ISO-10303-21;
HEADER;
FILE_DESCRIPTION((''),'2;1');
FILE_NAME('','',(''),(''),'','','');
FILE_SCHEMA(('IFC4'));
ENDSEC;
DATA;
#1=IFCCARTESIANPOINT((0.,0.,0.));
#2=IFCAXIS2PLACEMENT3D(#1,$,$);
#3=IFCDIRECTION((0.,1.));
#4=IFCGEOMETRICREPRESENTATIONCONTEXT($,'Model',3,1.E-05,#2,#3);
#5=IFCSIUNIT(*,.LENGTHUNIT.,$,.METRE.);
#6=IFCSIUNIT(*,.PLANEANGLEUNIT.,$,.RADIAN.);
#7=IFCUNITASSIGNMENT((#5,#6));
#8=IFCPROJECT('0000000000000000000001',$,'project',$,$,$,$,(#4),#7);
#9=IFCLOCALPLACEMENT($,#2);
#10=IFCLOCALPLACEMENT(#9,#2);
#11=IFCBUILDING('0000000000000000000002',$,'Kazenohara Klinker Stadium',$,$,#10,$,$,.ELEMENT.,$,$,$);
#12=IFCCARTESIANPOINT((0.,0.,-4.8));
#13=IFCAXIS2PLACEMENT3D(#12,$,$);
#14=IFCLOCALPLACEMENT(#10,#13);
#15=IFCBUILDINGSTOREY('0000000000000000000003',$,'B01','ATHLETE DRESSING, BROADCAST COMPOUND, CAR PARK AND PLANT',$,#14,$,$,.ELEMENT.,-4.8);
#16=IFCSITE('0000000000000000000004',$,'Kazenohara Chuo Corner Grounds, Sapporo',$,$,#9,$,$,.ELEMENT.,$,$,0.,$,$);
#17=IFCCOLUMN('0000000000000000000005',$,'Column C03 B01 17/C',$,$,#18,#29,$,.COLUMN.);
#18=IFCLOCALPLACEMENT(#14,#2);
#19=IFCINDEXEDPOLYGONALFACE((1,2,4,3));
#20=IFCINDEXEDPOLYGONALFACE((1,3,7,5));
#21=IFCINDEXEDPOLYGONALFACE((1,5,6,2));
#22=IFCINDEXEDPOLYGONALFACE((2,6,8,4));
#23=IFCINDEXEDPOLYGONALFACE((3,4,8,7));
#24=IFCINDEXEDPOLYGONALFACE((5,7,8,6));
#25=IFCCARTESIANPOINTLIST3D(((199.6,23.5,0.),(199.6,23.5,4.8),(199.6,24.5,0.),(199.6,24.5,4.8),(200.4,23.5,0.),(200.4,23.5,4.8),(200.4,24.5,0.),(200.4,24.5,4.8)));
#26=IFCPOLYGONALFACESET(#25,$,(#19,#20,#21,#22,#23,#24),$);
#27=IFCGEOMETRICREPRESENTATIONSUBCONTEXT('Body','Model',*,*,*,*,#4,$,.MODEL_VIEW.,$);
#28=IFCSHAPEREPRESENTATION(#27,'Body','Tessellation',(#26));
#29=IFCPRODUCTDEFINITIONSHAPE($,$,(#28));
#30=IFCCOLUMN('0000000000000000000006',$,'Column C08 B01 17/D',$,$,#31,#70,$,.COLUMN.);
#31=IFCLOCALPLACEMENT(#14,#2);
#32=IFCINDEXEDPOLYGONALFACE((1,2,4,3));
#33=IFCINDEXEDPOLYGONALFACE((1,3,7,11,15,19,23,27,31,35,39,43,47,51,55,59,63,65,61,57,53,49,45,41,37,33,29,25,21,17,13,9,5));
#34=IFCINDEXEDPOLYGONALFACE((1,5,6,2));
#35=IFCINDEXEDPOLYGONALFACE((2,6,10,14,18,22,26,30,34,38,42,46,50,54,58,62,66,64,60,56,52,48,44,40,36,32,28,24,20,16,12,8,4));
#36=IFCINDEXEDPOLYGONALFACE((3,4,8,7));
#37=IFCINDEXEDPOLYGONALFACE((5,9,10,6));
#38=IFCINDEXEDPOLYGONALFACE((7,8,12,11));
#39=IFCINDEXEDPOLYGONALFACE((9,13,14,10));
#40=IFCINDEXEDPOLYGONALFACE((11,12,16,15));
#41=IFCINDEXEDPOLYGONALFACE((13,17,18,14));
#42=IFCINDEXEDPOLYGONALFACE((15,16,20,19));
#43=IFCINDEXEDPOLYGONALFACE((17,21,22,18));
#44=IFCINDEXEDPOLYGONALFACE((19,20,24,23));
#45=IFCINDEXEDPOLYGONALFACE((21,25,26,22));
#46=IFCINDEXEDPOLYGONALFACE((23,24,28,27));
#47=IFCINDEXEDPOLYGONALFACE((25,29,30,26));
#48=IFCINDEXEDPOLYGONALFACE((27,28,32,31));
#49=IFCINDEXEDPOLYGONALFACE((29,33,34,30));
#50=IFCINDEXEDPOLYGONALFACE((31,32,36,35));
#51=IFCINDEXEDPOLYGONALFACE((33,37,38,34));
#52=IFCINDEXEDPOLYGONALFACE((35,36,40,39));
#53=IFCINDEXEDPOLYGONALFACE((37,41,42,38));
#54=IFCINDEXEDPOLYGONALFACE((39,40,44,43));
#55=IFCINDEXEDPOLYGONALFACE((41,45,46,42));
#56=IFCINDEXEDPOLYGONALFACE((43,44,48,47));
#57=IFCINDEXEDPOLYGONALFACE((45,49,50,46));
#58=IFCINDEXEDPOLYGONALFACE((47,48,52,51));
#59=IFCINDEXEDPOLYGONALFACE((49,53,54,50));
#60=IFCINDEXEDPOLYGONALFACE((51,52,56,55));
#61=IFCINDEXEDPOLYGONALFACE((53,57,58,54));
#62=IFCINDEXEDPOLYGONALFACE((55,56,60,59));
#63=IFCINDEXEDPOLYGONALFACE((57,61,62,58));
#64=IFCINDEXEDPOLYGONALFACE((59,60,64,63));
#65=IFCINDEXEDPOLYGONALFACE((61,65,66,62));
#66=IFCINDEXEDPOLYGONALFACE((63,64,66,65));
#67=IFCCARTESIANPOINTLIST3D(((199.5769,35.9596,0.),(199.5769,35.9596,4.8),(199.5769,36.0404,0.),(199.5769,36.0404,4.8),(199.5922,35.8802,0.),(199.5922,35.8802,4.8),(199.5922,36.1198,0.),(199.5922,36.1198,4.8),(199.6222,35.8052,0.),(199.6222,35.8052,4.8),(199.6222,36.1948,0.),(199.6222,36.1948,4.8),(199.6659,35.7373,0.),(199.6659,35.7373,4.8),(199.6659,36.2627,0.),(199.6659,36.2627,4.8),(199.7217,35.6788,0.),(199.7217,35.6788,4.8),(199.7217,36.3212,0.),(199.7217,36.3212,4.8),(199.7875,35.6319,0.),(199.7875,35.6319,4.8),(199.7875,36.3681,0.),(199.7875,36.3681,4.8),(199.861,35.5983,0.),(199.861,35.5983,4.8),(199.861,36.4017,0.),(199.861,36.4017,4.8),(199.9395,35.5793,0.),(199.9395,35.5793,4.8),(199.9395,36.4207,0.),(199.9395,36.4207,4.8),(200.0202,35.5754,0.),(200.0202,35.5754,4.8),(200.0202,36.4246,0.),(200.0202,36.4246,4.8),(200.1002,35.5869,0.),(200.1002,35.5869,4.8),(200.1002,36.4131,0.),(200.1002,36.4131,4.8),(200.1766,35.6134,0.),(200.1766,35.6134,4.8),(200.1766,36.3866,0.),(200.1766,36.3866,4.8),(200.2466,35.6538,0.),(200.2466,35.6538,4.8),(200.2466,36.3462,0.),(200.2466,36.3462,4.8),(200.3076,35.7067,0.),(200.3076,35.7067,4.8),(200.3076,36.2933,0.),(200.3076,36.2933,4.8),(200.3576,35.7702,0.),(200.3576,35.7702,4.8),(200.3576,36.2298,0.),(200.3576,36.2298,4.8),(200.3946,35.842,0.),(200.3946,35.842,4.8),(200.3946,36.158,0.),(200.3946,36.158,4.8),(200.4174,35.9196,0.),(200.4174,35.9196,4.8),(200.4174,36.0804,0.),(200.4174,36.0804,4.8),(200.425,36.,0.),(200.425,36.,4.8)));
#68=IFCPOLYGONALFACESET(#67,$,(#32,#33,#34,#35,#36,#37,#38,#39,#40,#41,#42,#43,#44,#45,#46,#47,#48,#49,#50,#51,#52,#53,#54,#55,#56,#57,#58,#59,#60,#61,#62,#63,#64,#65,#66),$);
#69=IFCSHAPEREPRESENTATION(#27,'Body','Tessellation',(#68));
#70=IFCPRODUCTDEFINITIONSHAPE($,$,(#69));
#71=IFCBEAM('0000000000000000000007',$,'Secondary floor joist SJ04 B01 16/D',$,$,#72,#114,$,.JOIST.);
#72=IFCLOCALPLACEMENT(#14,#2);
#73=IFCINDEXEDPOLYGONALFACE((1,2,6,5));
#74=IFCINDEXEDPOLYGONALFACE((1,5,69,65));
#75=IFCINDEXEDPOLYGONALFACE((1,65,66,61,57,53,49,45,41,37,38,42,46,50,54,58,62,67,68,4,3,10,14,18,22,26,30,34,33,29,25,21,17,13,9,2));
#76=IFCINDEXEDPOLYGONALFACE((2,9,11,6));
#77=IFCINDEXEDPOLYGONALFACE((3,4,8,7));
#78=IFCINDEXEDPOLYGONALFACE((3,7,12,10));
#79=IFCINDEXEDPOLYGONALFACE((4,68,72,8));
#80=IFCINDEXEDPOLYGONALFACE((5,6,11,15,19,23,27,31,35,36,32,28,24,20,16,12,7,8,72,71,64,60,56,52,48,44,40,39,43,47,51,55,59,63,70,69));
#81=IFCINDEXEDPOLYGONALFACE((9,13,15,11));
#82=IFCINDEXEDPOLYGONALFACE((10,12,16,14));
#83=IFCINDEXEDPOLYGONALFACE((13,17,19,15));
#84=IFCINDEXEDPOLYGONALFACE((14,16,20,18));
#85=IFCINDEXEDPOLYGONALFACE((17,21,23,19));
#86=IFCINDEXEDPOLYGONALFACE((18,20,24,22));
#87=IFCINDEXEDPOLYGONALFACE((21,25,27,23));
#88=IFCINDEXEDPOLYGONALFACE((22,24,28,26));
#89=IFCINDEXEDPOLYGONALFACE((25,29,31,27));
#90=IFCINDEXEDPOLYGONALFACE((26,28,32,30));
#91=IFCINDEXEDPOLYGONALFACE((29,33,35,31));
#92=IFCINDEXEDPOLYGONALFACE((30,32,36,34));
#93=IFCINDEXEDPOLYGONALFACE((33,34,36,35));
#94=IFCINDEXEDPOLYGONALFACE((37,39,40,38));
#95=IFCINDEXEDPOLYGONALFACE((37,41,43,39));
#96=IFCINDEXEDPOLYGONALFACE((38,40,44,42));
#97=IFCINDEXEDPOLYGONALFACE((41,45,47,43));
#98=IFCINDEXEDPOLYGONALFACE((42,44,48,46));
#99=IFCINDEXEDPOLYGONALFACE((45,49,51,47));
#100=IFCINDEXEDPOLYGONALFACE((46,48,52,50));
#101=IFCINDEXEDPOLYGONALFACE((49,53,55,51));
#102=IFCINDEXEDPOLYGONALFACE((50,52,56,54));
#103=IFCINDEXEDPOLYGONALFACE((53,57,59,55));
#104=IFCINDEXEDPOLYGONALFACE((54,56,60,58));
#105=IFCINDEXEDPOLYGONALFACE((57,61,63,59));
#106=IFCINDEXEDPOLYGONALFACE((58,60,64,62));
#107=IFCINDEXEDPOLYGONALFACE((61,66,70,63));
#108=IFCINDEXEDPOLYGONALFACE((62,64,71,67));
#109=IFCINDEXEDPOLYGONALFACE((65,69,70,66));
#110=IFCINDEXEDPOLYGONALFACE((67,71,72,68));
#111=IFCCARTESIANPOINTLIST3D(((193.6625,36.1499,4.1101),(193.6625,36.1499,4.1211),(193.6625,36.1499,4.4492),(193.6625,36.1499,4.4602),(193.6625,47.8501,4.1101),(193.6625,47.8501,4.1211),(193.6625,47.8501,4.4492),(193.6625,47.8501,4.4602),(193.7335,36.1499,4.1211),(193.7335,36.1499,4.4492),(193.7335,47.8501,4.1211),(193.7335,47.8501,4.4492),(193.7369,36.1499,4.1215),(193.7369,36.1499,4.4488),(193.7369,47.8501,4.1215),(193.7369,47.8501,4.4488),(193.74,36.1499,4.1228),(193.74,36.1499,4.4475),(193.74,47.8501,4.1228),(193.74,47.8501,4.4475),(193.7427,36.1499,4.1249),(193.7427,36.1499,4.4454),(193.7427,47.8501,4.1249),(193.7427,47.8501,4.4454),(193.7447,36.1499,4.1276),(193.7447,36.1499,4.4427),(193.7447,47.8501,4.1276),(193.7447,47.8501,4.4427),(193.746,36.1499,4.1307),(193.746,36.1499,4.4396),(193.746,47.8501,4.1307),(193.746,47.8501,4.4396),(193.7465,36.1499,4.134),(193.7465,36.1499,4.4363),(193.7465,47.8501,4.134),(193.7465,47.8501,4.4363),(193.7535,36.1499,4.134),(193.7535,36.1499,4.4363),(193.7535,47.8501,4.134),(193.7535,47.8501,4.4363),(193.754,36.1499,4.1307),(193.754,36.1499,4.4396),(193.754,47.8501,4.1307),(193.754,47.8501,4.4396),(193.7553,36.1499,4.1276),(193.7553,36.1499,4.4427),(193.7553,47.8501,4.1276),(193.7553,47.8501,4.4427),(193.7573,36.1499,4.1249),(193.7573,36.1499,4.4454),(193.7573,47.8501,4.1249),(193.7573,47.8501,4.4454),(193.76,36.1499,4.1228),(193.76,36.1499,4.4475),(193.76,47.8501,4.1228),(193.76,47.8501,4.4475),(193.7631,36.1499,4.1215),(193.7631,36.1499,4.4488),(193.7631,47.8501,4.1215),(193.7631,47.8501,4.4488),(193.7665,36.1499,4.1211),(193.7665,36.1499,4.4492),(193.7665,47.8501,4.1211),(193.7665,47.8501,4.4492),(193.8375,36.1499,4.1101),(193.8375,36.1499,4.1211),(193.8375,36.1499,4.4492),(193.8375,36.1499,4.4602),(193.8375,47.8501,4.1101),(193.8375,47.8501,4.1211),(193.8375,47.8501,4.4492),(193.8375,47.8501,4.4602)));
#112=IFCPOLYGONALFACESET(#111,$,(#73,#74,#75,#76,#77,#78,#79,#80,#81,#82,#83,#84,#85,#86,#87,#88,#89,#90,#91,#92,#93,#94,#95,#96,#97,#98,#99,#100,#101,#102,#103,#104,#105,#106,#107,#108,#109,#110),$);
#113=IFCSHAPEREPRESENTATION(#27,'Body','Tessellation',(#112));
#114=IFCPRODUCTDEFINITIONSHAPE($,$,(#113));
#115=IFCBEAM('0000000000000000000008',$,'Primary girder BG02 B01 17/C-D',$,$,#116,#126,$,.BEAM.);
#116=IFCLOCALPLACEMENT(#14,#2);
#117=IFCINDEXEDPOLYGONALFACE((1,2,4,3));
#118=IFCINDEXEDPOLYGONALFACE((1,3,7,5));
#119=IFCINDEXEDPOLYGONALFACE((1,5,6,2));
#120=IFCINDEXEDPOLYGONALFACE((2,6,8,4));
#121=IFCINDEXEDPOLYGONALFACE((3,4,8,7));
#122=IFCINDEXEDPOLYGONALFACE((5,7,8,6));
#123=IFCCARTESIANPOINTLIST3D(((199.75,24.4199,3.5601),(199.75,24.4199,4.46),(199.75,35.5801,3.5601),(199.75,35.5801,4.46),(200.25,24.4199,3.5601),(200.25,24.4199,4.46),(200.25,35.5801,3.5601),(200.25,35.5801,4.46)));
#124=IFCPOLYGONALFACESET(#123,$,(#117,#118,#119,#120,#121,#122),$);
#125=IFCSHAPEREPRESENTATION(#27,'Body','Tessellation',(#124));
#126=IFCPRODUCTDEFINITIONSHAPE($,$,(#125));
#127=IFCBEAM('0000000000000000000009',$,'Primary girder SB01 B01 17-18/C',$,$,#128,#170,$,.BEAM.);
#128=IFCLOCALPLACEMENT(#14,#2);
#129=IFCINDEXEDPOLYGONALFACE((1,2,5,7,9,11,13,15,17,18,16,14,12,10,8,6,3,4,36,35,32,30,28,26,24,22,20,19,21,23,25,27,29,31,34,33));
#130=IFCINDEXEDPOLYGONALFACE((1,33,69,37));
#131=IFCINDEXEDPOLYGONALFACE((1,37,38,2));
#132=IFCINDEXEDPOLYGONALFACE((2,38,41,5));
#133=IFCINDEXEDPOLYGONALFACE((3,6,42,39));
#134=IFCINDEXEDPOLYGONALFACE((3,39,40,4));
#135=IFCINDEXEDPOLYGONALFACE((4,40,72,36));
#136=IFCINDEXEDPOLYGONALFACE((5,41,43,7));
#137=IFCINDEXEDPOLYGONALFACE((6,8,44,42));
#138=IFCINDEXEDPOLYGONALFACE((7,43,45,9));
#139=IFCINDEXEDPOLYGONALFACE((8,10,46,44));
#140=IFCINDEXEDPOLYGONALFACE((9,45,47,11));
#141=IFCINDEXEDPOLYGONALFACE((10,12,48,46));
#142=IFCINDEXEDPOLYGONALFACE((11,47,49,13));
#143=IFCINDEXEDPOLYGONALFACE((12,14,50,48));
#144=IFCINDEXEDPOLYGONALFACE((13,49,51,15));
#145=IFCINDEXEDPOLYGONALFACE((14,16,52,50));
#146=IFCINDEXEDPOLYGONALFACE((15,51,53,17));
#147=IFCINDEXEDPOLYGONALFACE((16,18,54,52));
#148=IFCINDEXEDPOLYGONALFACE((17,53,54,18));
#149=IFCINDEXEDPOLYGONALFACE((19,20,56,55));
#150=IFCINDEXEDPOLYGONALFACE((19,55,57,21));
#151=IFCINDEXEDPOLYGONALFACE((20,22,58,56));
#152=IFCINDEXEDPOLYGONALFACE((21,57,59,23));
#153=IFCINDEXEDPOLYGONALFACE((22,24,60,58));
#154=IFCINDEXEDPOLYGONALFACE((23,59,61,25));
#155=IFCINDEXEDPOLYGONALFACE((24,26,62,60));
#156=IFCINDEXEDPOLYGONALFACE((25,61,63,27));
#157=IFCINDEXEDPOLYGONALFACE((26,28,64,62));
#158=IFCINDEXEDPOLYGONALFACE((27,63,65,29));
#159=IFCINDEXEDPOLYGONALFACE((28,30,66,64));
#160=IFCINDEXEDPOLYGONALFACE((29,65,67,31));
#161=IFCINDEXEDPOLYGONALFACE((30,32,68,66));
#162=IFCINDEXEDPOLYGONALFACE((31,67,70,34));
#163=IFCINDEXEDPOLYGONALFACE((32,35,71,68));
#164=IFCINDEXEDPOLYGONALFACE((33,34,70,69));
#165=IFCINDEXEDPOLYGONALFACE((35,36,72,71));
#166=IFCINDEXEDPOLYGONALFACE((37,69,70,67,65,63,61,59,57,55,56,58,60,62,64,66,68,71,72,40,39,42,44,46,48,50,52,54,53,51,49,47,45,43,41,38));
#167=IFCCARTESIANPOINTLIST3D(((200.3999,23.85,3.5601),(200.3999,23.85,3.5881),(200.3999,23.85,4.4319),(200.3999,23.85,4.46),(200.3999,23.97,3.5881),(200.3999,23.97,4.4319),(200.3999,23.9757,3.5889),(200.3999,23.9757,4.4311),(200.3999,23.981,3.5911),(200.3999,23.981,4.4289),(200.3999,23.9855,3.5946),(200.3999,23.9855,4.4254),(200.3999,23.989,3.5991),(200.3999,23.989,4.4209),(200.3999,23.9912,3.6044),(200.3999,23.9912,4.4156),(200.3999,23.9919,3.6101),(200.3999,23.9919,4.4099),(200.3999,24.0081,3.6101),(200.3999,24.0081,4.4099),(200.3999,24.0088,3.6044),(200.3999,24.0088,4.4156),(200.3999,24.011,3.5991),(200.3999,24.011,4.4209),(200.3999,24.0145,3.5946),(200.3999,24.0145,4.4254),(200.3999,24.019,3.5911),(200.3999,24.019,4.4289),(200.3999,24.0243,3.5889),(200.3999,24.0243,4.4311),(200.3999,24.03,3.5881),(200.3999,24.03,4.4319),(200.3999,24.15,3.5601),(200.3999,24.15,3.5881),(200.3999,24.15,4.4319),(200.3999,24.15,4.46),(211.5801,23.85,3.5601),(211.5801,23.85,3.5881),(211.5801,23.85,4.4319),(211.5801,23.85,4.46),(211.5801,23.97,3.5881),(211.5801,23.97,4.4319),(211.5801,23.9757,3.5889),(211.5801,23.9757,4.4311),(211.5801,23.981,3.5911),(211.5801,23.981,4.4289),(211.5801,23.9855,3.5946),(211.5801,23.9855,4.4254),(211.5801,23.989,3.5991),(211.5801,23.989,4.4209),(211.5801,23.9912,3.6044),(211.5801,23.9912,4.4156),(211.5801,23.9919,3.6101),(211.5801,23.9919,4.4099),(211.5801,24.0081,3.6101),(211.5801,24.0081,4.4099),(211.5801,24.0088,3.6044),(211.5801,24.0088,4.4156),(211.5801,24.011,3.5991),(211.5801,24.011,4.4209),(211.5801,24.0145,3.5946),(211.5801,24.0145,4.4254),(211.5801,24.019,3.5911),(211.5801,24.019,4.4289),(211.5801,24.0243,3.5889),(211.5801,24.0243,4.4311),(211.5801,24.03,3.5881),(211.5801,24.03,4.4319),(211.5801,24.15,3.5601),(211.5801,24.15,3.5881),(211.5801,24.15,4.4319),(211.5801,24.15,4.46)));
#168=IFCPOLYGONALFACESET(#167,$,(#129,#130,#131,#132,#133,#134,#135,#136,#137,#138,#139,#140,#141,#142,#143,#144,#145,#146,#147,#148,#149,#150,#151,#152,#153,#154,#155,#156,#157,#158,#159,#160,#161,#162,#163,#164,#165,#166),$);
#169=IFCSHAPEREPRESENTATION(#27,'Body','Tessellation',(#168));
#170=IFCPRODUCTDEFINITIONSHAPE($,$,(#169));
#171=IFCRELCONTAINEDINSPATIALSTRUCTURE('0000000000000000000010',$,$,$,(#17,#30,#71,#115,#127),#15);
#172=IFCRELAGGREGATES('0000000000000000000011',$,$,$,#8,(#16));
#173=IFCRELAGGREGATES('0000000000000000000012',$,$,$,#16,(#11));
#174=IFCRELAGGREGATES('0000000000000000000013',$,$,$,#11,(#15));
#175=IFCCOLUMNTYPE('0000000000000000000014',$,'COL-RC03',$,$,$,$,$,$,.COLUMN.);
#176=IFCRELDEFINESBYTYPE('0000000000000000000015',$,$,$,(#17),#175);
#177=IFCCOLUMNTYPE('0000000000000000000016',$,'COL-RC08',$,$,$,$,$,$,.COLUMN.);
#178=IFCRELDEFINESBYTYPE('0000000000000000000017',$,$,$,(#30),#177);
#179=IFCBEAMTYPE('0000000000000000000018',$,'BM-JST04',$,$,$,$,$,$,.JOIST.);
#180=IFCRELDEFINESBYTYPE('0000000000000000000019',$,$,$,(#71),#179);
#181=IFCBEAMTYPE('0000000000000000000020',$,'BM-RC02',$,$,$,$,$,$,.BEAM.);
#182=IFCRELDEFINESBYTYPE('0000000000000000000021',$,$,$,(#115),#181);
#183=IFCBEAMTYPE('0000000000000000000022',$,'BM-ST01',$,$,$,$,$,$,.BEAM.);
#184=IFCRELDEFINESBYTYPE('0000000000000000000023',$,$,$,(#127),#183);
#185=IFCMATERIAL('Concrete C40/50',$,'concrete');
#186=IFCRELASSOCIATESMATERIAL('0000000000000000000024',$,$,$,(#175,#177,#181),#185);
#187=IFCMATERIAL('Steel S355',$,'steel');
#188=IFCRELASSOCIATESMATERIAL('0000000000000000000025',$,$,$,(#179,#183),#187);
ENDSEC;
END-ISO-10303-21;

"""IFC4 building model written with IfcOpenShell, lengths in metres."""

from ifc_helpers import new_model, si_unit, direction, frame, origin, origin_2d, place, context, subcontext, project, spatial, rectangle, circle, i_section, extrude, material, material_profile, profile_set, type_object, element, save


model = new_model("IFC4")

# Units and contexts
model_context = context("Model", 3, precision=1e-05, world=origin(), true_north=direction((0.0, 1.0)))
body_context = subcontext(model_context, "Body", "Model", "MODEL_VIEW")
ifc_project = project(units=[si_unit("LENGTHUNIT", "METRE"), si_unit("PLANEANGLEUNIT", "RADIAN")], contexts=[model_context])

# Site, building, storey
site_placement = place(None, origin())
site = spatial("IfcSite", under=ifc_project, at=site_placement, Name="Kazenohara Chuo Corner Grounds, Sapporo", CompositionType="ELEMENT", RefElevation=0.0)
building_placement = place(site_placement, origin())
building = spatial("IfcBuilding", under=site, at=building_placement, Name="Kazenohara Klinker Stadium", CompositionType="ELEMENT")
storey_placement = place(building_placement, frame((0.0, 0.0, -4.8)))
storey = spatial("IfcBuildingStorey", under=building, at=storey_placement, Name="B01", Description="ATHLETE DRESSING, BROADCAST COMPOUND, CAR PARK AND PLANT", CompositionType="ELEMENT", Elevation=-4.8)

# Columns
ifc_material_1 = material(Name="Concrete C40/50", Category="concrete")
ifc_material_profile_1 = material_profile(ifc_material_1, rectangle(XDim=0.8, YDim=1.0, at=origin_2d()), Name="RC-COL-1000x800")
ifc_profile_set_1 = profile_set([ifc_material_profile_1], Name="Concrete C40/50")
column_type_1 = type_object("IfcColumnType", Name="COL-RC03", PredefinedType="COLUMN", material=ifc_profile_set_1)
column_1_placement = place(storey_placement, frame((200.0, 24.0, 0.0), z_axis=(0.0, 0.0, 1.0), x_axis=(1.0, 0.0, 0.0)))
element("IfcColumn", 1, at=column_1_placement, inside=storey, type_object=column_type_1, Name="Column C03 B01 17/C", PredefinedType="COLUMN", context=body_context, shape_type="SweptSolid", body=[
    extrude(rectangle(XDim=0.8, YDim=1.0, at=origin_2d()), origin(), (0.0, 0.0, 1.0), 4.8),
])
ifc_material_profile_2 = material_profile(ifc_material_1, circle(Radius=0.425, at=origin_2d()), Name="RC-COL-D850")
ifc_profile_set_2 = profile_set([ifc_material_profile_2], Name="Concrete C40/50")
column_type_2 = type_object("IfcColumnType", Name="COL-RC08", PredefinedType="COLUMN", material=ifc_profile_set_2)
column_2_placement = place(storey_placement, frame((200.0, 36.0, 0.0), z_axis=(0.0, 0.0, 1.0), x_axis=(1.0, 0.0, 0.0)))
element("IfcColumn", 2, at=column_2_placement, inside=storey, type_object=column_type_2, Name="Column C08 B01 17/D", PredefinedType="COLUMN", context=body_context, shape_type="SweptSolid", body=[
    extrude(circle(Radius=0.425, at=origin_2d()), origin(), (0.0, 0.0, 1.0), 4.8),
])

# Beams
ifc_material_2 = material(Name="Steel S355", Category="steel")
ifc_material_profile_3 = material_profile(ifc_material_2, i_section(OverallWidth=0.175, OverallDepth=0.3501, WebThickness=0.0071, FlangeThickness=0.011, FilletRadius=0.0129, at=origin_2d()), Name="H-350x175x7x11")
ifc_profile_set_3 = profile_set([ifc_material_profile_3], Name="Steel S355")
beam_type_1 = type_object("IfcBeamType", Name="BM-JST04", PredefinedType="JOIST", material=ifc_profile_set_3)
beam_1_placement = place(storey_placement, frame((193.75, 36.1499, 4.2852), z_axis=(0.0, 1.0, 0.0), x_axis=(-1.0, 0.0, 0.0)))
element("IfcBeam", 3, at=beam_1_placement, inside=storey, type_object=beam_type_1, Name="Secondary floor joist SJ04 B01 16/D", PredefinedType="JOIST", context=body_context, shape_type="SweptSolid", body=[
    extrude(i_section(OverallWidth=0.175, OverallDepth=0.3501, WebThickness=0.0071, FlangeThickness=0.011, FilletRadius=0.0129, at=origin_2d()), origin(), (0.0, 0.0, 1.0), 11.7002),
])
ifc_material_profile_4 = material_profile(ifc_material_1, rectangle(XDim=0.5, YDim=0.8999, at=origin_2d()), Name="RC-BM-500x900")
ifc_profile_set_4 = profile_set([ifc_material_profile_4], Name="Concrete C40/50")
beam_type_2 = type_object("IfcBeamType", Name="BM-RC02", PredefinedType="BEAM", material=ifc_profile_set_4)
beam_2_placement = place(storey_placement, frame((200.0, 24.4199, 4.01), z_axis=(0.0, 1.0, 0.0), x_axis=(-1.0, 0.0, 0.0)))
element("IfcBeam", 4, at=beam_2_placement, inside=storey, type_object=beam_type_2, Name="Primary girder BG02 B01 17/C-D", PredefinedType="BEAM", context=body_context, shape_type="SweptSolid", body=[
    extrude(rectangle(XDim=0.5, YDim=0.8999, at=origin_2d()), origin(), (0.0, 0.0, 1.0), 11.1602),
])
ifc_material_profile_5 = material_profile(ifc_material_2, i_section(OverallWidth=0.3, OverallDepth=0.8999, WebThickness=0.0161, FlangeThickness=0.0281, FilletRadius=0.022, at=origin_2d()), Name="H-900x300x16x28")
ifc_profile_set_5 = profile_set([ifc_material_profile_5], Name="Steel S355")
beam_type_3 = type_object("IfcBeamType", Name="BM-ST01", PredefinedType="BEAM", material=ifc_profile_set_5)
beam_3_placement = place(storey_placement, frame((200.3999, 24.0, 4.01), z_axis=(1.0, 0.0, 0.0), x_axis=(0.0, 1.0, 0.0)))
element("IfcBeam", 5, at=beam_3_placement, inside=storey, type_object=beam_type_3, Name="Primary girder SB01 B01 17-18/C", PredefinedType="BEAM", context=body_context, shape_type="SweptSolid", body=[
    extrude(i_section(OverallWidth=0.3, OverallDepth=0.8999, WebThickness=0.0161, FlangeThickness=0.0281, FilletRadius=0.022, at=origin_2d()), origin(), (0.0, 0.0, 1.0), 11.1802),
])

save(model, "model.ifc")
